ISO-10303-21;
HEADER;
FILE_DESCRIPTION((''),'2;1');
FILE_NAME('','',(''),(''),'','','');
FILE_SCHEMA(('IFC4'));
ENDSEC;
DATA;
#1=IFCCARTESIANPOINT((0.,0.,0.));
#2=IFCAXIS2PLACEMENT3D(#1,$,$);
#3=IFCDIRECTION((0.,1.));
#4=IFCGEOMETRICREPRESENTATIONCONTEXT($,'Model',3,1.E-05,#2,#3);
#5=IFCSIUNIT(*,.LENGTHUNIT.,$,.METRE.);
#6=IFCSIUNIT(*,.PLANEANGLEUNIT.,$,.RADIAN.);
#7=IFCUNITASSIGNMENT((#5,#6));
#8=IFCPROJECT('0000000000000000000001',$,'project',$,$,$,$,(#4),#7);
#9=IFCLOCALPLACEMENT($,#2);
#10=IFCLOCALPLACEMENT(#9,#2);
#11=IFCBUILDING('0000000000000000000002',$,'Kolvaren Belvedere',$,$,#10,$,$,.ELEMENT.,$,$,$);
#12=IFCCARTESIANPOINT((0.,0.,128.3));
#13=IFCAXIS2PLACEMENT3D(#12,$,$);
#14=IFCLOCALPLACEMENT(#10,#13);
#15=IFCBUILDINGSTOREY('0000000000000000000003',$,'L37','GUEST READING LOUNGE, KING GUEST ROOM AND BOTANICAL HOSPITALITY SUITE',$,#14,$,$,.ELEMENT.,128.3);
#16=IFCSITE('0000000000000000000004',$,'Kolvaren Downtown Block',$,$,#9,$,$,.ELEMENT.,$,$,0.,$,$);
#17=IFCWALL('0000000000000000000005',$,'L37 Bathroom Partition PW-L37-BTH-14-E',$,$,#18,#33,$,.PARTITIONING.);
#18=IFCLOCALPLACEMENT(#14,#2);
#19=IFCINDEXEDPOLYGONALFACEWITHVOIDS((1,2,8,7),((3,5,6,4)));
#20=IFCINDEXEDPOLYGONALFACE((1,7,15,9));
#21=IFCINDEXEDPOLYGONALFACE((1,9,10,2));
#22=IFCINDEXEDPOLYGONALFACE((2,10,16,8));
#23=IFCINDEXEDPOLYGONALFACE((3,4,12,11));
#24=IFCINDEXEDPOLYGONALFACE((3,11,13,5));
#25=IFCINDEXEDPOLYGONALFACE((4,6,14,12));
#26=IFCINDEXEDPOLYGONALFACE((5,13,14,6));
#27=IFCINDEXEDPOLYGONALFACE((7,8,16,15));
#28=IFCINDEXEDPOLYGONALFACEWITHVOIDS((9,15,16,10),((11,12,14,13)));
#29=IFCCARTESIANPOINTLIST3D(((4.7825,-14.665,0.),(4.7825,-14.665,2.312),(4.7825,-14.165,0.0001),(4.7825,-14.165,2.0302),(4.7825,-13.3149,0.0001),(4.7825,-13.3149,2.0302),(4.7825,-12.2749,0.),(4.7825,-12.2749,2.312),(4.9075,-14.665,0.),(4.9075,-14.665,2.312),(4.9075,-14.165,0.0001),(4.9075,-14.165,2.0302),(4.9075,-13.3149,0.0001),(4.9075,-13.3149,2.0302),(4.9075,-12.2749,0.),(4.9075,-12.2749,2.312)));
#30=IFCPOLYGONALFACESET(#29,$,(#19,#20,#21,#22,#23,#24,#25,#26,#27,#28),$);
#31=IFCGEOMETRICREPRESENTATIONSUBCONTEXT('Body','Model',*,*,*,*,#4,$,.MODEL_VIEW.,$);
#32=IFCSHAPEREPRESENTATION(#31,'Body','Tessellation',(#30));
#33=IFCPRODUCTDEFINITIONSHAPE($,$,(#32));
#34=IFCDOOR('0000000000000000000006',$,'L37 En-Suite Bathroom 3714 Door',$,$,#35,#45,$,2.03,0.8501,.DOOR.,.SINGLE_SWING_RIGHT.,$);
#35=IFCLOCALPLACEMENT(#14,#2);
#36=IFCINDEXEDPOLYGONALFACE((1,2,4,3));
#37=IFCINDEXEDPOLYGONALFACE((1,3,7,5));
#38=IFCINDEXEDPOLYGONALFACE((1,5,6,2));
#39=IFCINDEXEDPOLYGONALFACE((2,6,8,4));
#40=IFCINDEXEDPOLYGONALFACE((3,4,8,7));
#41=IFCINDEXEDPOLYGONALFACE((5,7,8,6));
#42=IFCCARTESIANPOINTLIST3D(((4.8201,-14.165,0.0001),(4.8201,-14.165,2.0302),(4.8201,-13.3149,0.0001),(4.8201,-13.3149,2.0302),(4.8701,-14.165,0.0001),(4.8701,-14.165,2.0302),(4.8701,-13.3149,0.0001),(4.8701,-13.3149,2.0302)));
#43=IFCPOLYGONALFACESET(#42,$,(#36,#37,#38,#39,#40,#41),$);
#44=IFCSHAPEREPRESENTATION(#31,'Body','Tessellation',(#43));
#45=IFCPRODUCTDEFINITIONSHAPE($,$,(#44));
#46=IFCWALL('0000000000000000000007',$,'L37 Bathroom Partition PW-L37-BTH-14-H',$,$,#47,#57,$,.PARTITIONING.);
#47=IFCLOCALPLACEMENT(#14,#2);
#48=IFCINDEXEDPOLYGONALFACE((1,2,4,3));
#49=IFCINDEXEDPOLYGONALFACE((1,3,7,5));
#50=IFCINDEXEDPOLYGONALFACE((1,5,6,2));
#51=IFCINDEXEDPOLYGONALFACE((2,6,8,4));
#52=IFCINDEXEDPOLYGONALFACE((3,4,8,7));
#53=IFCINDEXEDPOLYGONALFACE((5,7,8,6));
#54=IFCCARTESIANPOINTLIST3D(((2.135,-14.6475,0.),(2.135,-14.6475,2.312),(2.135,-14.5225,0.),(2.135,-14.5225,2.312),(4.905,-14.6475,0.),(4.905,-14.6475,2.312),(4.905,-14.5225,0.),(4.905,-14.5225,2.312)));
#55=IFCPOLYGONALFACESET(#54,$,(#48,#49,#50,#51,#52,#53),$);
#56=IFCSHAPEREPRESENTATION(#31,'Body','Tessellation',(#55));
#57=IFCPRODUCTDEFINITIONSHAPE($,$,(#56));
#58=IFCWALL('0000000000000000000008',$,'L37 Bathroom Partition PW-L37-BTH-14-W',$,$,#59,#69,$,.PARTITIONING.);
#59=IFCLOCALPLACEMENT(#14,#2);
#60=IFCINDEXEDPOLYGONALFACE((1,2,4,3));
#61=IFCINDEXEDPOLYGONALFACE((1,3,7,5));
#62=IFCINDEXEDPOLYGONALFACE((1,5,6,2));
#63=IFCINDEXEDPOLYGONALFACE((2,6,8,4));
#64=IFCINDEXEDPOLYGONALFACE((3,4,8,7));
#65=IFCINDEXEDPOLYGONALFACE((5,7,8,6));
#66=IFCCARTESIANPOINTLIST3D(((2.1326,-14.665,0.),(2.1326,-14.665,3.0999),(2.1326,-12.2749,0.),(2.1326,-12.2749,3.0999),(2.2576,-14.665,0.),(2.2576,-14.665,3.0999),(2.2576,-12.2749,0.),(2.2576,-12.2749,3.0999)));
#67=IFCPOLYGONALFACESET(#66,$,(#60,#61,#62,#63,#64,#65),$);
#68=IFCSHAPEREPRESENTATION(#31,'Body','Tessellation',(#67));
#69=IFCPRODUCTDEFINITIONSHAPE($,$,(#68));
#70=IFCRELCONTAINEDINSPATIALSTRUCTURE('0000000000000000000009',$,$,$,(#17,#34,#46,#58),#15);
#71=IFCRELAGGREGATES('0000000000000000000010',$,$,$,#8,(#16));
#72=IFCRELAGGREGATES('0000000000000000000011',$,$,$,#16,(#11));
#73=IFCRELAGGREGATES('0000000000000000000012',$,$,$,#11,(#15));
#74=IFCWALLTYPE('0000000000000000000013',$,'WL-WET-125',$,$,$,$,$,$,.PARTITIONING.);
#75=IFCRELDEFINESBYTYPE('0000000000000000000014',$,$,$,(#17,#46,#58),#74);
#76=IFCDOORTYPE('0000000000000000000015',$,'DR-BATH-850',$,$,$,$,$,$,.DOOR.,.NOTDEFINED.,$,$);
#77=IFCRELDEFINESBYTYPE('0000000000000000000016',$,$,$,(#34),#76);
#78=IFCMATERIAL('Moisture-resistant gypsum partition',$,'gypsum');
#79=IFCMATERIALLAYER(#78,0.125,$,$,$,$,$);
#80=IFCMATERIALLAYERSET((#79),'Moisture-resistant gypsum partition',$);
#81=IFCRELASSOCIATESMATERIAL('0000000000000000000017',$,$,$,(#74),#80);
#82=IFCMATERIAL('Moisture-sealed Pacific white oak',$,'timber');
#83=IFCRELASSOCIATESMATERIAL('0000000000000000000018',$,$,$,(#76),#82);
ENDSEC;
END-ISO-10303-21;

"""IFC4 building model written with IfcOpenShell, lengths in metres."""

from ifc_helpers import new_model, si_unit, direction, frame, frame_2d, origin, place, context, subcontext, project, spatial, rectangle, extrude, material, layer, layer_set, type_object, element, fill, save


model = new_model("IFC4")

# Units and contexts
model_context = context("Model", 3, precision=1e-05, world=origin(), true_north=direction((0.0, 1.0)))
body_context = subcontext(model_context, "Body", "Model", "MODEL_VIEW")
ifc_project = project(units=[si_unit("LENGTHUNIT", "METRE"), si_unit("PLANEANGLEUNIT", "RADIAN")], contexts=[model_context])

# Site, building, storey
site_placement = place(None, origin())
site = spatial("IfcSite", under=ifc_project, at=site_placement, Name="Kolvaren Downtown Block", CompositionType="ELEMENT", RefElevation=0.0)
building_placement = place(site_placement, origin())
building = spatial("IfcBuilding", under=site, at=building_placement, Name="Kolvaren Belvedere", CompositionType="ELEMENT")
storey_placement = place(building_placement, frame((0.0, 0.0, 128.3)))
storey = spatial("IfcBuildingStorey", under=building, at=storey_placement, Name="L37", Description="GUEST READING LOUNGE, KING GUEST ROOM AND BOTANICAL HOSPITALITY SUITE", CompositionType="ELEMENT", Elevation=128.3)

# Shared definitions
ifc_material_1 = material(Name="Moisture-resistant gypsum partition", Category="gypsum")
ifc_layer_1 = layer(ifc_material_1, 0.125)
ifc_layer_set_1 = layer_set([ifc_layer_1], Name="Moisture-resistant gypsum partition")
wall_type_1 = type_object("IfcWallType", Name="WL-WET-125", PredefinedType="PARTITIONING", material=ifc_layer_set_1)

# Wall, opening, door
wall_1_placement = place(storey_placement, frame((4.845, -14.665, 0.0), z_axis=(0.0, 0.0, 1.0), x_axis=(0.0, 1.0, 0.0)))
wall_1 = element("IfcWall", 1, at=wall_1_placement, inside=storey, type_object=wall_type_1, Name="L37 Bathroom Partition PW-L37-BTH-14-E", PredefinedType="PARTITIONING", context=body_context, shape_type="SweptSolid", body=[
    extrude(rectangle(XDim=2.3901, YDim=0.125, at=frame_2d((1.1951, 0.0))), origin(), (0.0, 0.0, 1.0), 2.312),
])
opening_placement = place(wall_1_placement, frame((0.5, 0.0, 0.0)))
opening = element("IfcOpeningElement", 2, at=opening_placement, cuts=wall_1, PredefinedType="OPENING", context=body_context, shape_type="SweptSolid", body=[
    extrude(rectangle(XDim=0.8501, YDim=2.03, at=frame_2d((0.425, 1.0151))), frame((0.0, 0.0725, 0.0), z_axis=(0.0, -1.0, 0.0), x_axis=(1.0, 0.0, 0.0)), (0.0, 0.0, 1.0), 0.145),
])
ifc_material_2 = material(Name="Moisture-sealed Pacific white oak", Category="timber")
door_type = type_object("IfcDoorType", Name="DR-BATH-850", OperationType="NOTDEFINED", PredefinedType="DOOR", material=ifc_material_2)
door_placement = place(opening_placement, origin())
door = element("IfcDoor", 3, at=door_placement, inside=storey, type_object=door_type, Name="L37 En-Suite Bathroom 3714 Door", OperationType="SINGLE_SWING_RIGHT", OverallHeight=2.03, OverallWidth=0.8501, PredefinedType="DOOR", context=body_context, shape_type="SweptSolid", body=[
    extrude(rectangle(XDim=0.8501, YDim=2.03, at=frame_2d((0.425, 1.0151))), frame((0.0, 0.0249, 0.0), z_axis=(0.0, -1.0, 0.0), x_axis=(1.0, 0.0, 0.0)), (0.0, 0.0, 1.0), 0.05),
])
fill(opening, door)

# Walls
wall_2_placement = place(storey_placement, frame((2.135, -14.585, 0.0), z_axis=(0.0, 0.0, 1.0), x_axis=(1.0, 0.0, 0.0)))
element("IfcWall", 4, at=wall_2_placement, inside=storey, type_object=wall_type_1, Name="L37 Bathroom Partition PW-L37-BTH-14-H", PredefinedType="PARTITIONING", context=body_context, shape_type="SweptSolid", body=[
    extrude(rectangle(XDim=2.77, YDim=0.125, at=frame_2d((1.385, 0.0))), origin(), (0.0, 0.0, 1.0), 2.312),
])
wall_3_placement = place(storey_placement, frame((2.1951, -14.665, 0.0), z_axis=(0.0, 0.0, 1.0), x_axis=(0.0, 1.0, 0.0)))
element("IfcWall", 5, at=wall_3_placement, inside=storey, type_object=wall_type_1, Name="L37 Bathroom Partition PW-L37-BTH-14-W", PredefinedType="PARTITIONING", context=body_context, shape_type="SweptSolid", body=[
    extrude(rectangle(XDim=2.3901, YDim=0.125, at=frame_2d((1.1951, 0.0))), origin(), (0.0, 0.0, 1.0), 3.0999),
])

save(model, "model.ifc")
